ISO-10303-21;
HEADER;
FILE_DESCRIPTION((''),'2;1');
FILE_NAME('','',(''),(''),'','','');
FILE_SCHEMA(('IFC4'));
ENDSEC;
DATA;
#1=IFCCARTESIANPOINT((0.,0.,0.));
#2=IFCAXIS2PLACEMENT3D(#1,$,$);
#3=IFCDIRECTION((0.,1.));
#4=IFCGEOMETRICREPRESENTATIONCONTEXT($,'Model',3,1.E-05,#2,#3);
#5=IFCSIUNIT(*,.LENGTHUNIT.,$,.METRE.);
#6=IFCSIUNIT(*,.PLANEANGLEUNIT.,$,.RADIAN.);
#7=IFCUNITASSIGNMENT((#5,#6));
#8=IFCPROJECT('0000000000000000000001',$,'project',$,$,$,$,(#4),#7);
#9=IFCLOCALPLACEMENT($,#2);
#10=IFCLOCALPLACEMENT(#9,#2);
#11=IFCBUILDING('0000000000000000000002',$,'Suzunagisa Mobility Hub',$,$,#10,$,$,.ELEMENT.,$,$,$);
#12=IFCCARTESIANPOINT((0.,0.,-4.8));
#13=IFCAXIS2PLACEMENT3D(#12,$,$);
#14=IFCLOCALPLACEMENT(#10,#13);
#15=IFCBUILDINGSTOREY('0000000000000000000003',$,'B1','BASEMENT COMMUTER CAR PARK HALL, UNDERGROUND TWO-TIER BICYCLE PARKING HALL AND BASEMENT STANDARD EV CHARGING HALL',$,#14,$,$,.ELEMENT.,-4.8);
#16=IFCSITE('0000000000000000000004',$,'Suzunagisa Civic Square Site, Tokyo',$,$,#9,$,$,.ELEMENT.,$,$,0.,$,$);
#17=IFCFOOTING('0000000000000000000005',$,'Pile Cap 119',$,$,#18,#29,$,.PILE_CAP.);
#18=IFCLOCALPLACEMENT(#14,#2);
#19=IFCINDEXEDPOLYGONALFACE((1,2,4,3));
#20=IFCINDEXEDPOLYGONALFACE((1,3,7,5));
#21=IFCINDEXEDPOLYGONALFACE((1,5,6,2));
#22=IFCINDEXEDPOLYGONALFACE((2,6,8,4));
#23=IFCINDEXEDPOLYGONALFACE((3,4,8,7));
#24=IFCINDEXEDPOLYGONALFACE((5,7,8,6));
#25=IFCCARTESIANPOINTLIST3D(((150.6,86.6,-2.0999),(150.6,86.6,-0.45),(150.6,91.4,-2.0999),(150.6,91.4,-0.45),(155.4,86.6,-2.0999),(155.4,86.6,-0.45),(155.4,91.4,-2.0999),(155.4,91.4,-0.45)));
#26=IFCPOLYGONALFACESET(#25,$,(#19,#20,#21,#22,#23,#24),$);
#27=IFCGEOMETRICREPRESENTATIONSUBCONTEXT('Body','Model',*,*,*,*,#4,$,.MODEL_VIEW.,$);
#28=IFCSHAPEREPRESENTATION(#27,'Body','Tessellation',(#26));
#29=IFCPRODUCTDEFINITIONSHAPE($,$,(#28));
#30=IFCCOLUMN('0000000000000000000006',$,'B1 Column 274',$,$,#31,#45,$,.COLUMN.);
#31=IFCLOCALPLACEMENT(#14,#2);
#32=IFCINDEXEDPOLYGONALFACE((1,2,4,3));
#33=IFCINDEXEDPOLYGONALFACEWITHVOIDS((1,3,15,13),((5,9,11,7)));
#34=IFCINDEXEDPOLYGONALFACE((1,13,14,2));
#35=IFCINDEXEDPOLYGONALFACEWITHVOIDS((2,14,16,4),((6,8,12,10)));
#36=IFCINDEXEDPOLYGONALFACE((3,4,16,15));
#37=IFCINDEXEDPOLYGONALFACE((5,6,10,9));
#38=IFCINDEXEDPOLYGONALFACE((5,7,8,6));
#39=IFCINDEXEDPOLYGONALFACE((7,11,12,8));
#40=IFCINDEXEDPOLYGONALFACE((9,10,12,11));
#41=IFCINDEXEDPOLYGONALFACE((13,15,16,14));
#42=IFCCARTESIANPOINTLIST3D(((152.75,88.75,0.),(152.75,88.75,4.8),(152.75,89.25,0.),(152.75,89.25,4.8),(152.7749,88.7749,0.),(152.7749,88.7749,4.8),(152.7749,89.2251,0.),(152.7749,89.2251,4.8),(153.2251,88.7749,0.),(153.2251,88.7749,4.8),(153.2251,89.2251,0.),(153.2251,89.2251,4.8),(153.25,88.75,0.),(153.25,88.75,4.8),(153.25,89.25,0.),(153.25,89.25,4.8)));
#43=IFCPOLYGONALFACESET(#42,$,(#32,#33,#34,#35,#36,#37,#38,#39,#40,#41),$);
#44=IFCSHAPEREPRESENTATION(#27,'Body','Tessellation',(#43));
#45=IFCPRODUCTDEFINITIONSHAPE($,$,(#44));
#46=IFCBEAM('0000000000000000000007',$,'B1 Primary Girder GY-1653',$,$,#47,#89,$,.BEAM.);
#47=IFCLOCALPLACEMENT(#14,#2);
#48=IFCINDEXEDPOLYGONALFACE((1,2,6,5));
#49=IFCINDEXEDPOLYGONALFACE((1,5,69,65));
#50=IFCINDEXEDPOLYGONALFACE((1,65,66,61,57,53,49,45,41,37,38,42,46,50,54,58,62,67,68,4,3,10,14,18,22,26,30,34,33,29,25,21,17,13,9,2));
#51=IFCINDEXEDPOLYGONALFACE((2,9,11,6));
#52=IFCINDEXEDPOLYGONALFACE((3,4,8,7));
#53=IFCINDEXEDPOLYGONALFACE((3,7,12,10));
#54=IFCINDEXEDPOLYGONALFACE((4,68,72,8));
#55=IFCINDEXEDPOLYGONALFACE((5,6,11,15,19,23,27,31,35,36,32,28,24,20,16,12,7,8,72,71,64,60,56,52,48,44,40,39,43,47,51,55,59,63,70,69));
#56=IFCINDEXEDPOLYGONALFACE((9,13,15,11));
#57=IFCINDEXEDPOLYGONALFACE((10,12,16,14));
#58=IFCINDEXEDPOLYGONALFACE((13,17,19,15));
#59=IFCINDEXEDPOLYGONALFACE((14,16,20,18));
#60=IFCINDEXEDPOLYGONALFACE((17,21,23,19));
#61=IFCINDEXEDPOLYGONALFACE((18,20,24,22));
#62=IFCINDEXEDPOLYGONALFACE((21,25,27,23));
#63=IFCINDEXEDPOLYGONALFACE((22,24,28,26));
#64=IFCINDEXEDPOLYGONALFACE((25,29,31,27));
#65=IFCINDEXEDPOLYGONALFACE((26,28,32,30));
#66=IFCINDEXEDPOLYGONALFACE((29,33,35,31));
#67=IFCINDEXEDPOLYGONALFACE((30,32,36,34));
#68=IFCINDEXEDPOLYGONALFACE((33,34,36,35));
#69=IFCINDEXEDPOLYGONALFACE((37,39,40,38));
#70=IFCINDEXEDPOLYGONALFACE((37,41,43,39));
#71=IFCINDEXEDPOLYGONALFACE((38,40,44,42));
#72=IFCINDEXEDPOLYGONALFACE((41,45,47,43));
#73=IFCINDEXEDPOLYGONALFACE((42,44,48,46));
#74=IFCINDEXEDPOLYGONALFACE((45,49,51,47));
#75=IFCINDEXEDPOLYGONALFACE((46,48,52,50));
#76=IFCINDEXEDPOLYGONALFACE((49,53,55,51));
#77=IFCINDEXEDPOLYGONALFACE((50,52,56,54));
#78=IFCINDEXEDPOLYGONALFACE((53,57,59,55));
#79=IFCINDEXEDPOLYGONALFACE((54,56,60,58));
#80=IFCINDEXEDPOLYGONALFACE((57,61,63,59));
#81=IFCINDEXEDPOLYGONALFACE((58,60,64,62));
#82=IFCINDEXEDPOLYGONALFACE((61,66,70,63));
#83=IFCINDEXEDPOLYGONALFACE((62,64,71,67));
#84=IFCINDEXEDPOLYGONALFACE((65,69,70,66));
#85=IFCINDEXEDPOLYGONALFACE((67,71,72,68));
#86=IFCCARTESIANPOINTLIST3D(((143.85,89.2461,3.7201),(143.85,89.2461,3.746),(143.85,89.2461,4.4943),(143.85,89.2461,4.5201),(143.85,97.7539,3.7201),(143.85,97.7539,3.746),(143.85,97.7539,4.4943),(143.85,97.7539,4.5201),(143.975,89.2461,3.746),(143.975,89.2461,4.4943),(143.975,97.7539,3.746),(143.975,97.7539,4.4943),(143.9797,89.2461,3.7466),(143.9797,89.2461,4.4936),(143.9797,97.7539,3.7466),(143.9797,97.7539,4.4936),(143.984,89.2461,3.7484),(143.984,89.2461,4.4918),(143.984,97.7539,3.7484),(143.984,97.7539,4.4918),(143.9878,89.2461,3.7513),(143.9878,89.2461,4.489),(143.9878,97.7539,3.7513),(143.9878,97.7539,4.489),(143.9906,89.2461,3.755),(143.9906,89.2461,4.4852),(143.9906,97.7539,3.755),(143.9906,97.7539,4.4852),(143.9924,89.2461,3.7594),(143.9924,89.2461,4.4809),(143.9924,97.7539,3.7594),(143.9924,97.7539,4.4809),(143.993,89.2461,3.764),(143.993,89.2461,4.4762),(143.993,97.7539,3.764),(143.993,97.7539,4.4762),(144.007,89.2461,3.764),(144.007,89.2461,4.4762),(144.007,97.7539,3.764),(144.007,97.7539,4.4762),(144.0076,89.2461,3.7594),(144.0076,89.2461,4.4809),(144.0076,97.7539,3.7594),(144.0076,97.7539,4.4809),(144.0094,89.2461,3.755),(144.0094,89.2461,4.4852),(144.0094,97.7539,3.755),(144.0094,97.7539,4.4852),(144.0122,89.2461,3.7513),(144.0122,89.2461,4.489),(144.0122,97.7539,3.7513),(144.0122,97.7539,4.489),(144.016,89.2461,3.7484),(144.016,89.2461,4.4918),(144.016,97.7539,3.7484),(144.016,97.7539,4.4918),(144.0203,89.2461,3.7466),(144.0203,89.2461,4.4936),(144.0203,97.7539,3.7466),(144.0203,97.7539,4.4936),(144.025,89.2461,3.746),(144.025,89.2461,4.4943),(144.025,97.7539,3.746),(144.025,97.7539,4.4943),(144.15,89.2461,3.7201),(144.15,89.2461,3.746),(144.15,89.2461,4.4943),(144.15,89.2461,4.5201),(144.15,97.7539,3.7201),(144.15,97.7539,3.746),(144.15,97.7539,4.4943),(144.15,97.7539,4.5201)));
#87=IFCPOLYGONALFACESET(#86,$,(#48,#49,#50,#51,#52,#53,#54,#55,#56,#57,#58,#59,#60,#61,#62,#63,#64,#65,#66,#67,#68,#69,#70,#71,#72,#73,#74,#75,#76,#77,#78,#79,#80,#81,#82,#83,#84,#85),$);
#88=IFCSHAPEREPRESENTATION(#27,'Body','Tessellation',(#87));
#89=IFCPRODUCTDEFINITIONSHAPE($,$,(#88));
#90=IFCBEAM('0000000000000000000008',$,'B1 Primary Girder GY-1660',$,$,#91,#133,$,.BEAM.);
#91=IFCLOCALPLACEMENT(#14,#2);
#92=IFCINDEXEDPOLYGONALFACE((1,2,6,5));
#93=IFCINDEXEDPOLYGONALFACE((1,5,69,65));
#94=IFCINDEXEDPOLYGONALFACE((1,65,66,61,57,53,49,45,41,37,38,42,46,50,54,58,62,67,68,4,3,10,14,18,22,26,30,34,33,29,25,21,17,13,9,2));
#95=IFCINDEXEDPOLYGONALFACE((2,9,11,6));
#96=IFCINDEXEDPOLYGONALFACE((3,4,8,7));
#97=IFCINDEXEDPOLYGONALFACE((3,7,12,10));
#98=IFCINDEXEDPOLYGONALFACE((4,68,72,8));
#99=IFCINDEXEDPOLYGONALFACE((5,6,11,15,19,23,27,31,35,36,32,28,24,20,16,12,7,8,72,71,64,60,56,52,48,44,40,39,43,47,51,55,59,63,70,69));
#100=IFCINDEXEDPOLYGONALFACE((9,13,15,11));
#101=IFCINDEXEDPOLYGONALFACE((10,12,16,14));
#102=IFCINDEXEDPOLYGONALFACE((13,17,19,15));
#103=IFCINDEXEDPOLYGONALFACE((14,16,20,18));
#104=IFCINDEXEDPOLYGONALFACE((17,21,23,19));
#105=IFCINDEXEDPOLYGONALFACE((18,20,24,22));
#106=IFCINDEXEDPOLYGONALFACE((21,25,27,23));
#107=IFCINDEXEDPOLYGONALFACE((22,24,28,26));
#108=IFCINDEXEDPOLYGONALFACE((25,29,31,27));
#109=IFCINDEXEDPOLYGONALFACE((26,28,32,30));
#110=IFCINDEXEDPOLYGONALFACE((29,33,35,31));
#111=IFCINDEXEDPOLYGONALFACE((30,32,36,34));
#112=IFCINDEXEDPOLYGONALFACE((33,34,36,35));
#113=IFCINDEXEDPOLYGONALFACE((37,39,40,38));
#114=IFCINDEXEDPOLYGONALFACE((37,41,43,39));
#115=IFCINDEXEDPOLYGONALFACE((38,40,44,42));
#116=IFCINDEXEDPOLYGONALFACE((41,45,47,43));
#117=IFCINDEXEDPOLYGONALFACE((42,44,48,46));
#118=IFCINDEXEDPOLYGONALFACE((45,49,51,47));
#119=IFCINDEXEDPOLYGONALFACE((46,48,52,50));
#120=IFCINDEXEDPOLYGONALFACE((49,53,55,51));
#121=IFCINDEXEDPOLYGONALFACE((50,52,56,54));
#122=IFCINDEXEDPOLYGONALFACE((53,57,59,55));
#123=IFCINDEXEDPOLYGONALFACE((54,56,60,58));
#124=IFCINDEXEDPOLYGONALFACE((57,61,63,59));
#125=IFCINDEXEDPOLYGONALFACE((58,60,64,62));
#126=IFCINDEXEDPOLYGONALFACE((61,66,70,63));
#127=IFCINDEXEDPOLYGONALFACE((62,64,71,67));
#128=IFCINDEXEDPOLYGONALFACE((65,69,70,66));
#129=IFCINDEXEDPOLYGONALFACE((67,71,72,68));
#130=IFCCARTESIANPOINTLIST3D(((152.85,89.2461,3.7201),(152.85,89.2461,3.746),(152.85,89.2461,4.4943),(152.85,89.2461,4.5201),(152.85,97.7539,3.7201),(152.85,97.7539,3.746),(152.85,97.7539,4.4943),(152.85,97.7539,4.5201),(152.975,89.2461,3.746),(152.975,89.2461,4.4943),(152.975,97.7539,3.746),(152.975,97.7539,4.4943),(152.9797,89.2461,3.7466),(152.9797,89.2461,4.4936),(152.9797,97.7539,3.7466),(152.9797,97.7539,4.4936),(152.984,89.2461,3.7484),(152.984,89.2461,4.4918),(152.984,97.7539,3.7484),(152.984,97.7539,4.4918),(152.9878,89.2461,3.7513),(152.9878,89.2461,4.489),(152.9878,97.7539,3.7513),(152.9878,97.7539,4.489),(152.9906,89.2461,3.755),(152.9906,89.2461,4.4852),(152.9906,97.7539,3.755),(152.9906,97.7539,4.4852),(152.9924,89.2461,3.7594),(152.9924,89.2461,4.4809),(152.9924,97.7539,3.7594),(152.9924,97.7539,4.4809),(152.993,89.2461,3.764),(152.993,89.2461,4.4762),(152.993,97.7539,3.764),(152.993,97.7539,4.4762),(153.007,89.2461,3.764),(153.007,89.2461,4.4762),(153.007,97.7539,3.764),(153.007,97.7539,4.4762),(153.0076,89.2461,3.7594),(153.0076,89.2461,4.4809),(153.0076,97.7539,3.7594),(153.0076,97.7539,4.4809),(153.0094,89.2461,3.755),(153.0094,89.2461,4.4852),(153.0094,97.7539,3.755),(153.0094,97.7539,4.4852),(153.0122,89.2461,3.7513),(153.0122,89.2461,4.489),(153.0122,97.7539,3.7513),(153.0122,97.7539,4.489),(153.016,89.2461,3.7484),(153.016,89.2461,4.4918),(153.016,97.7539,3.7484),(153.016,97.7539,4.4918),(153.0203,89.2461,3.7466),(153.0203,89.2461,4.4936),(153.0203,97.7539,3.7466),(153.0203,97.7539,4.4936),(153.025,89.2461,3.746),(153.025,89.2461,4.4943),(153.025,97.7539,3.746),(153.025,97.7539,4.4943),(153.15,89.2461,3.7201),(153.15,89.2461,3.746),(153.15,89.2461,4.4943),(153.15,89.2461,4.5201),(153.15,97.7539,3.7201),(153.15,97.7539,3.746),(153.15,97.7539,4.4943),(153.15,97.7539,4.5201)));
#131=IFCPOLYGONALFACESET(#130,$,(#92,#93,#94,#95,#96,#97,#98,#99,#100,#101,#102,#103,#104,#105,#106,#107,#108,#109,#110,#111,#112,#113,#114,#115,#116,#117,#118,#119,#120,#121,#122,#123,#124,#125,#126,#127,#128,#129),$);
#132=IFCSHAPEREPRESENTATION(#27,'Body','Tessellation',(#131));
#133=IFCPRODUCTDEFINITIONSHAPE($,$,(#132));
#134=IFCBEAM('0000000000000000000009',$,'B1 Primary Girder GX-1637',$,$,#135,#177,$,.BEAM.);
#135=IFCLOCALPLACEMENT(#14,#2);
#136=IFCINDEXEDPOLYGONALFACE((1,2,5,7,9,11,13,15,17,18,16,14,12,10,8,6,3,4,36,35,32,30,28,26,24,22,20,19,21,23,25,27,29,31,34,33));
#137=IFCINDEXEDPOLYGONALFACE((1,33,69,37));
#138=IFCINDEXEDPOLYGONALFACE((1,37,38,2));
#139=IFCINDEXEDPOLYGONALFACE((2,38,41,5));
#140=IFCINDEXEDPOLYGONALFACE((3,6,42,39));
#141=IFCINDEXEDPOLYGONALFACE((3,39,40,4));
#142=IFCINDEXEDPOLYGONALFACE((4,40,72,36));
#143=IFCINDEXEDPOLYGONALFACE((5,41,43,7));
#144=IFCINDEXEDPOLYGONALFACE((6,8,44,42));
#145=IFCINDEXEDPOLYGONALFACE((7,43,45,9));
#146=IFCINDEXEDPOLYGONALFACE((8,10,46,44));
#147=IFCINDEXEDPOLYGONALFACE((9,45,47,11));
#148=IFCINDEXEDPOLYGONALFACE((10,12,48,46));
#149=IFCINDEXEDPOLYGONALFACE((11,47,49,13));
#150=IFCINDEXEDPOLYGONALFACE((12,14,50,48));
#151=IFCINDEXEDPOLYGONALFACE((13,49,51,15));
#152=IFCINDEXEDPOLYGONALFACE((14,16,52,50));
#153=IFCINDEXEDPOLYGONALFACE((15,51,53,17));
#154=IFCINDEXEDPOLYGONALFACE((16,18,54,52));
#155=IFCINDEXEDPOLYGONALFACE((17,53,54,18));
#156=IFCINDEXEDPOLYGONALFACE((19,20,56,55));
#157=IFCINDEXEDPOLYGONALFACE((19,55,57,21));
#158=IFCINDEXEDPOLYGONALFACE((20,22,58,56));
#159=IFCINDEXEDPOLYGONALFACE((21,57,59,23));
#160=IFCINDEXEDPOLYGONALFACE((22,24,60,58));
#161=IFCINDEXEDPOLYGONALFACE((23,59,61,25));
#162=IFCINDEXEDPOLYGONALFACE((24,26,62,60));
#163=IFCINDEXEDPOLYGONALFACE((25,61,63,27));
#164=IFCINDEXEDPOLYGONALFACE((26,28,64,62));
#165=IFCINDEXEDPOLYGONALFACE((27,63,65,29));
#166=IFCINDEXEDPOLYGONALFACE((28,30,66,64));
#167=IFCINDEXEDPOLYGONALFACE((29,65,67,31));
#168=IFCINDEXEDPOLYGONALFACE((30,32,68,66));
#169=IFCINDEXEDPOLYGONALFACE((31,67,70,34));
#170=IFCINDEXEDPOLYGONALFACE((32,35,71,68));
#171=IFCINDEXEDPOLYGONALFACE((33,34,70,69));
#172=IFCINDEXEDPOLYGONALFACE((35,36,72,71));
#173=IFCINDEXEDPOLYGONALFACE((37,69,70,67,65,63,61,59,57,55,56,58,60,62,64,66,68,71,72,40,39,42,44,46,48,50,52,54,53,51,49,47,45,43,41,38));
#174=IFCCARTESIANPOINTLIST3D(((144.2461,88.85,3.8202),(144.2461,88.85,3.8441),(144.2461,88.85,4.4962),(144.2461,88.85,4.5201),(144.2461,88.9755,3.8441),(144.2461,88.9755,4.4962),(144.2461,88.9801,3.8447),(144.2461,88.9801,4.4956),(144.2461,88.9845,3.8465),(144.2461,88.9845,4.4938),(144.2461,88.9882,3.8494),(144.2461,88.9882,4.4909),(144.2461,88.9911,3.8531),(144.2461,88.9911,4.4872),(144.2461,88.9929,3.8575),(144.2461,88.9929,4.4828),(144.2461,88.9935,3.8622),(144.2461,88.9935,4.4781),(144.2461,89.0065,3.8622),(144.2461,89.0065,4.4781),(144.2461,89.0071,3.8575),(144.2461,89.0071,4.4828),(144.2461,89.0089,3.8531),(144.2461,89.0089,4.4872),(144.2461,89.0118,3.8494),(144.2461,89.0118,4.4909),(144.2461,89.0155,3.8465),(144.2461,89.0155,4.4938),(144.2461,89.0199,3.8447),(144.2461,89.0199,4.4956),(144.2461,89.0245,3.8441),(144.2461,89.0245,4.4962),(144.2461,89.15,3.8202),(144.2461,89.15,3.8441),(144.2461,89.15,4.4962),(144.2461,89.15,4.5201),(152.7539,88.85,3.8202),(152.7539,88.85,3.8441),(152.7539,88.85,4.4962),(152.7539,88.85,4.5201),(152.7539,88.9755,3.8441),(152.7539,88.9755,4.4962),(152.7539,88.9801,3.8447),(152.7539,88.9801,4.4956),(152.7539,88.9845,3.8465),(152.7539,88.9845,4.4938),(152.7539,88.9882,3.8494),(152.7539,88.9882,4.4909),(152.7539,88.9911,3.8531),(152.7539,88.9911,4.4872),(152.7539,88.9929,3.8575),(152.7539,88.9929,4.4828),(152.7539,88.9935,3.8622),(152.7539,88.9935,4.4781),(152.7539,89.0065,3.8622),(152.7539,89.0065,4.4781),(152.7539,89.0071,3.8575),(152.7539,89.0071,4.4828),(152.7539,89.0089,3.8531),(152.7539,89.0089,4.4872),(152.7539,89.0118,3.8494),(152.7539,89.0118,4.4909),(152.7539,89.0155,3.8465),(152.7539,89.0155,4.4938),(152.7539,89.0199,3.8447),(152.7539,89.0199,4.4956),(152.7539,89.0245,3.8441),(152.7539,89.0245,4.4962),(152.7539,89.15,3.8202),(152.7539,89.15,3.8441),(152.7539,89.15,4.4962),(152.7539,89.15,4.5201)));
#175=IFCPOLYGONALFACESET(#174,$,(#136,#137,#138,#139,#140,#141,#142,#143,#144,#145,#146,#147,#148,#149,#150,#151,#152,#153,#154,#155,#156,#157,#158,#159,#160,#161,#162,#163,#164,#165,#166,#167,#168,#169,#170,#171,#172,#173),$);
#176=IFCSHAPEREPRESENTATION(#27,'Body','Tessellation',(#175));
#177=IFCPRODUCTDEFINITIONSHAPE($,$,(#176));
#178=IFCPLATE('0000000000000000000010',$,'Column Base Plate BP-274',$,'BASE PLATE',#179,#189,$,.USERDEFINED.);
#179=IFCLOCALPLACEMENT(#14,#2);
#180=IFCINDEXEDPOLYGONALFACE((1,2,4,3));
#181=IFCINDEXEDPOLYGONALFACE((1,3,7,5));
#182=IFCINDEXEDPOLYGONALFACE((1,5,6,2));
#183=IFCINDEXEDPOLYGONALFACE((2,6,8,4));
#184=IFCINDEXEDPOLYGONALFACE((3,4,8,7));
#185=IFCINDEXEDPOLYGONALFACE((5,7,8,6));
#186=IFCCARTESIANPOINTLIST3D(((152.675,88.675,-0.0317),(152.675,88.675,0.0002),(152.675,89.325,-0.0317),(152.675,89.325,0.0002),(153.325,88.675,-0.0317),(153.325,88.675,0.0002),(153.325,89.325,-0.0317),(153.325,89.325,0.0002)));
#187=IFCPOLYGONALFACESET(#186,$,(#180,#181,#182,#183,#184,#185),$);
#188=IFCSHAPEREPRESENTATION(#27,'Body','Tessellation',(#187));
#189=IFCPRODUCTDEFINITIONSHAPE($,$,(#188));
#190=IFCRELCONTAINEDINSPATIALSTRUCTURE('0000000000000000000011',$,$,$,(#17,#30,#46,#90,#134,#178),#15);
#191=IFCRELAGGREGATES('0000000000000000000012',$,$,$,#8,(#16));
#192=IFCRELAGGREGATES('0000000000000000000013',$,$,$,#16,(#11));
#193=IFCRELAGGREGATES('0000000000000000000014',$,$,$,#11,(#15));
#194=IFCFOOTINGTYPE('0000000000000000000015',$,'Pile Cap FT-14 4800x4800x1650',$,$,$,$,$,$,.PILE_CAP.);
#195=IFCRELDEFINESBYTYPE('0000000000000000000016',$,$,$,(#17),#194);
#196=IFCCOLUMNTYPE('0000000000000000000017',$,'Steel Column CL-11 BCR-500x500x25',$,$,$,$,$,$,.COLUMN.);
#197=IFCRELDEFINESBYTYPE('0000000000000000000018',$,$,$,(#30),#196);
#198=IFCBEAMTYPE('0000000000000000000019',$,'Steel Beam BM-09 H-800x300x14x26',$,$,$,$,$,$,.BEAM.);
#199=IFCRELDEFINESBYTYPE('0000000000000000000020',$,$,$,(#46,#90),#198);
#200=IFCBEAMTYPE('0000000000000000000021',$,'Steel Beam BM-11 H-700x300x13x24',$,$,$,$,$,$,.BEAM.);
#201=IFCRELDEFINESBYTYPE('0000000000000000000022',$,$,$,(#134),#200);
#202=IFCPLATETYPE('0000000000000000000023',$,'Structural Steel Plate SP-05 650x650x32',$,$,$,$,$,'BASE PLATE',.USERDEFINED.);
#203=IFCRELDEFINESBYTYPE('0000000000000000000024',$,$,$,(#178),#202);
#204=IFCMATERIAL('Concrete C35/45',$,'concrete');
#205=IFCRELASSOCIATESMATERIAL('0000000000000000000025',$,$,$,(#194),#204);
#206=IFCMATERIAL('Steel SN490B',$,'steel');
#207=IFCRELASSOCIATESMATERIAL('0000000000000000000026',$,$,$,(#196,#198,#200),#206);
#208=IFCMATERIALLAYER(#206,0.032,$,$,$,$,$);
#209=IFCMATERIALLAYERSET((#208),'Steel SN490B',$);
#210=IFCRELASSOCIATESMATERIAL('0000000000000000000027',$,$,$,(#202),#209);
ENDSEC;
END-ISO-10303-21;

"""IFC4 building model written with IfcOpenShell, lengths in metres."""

from ifc_helpers import new_model, si_unit, direction, frame, origin, origin_2d, place, context, subcontext, project, spatial, rectangle, hollow_rectangle, i_section, extrude, material, layer, layer_set, material_profile, profile_set, type_object, element, save


model = new_model("IFC4")

# Units and contexts
model_context = context("Model", 3, precision=1e-05, world=origin(), true_north=direction((0.0, 1.0)))
body_context = subcontext(model_context, "Body", "Model", "MODEL_VIEW")
ifc_project = project(units=[si_unit("LENGTHUNIT", "METRE"), si_unit("PLANEANGLEUNIT", "RADIAN")], contexts=[model_context])

# Site, building, storey
site_placement = place(None, origin())
site = spatial("IfcSite", under=ifc_project, at=site_placement, Name="Suzunagisa Civic Square Site, Tokyo", CompositionType="ELEMENT", RefElevation=0.0)
building_placement = place(site_placement, origin())
building = spatial("IfcBuilding", under=site, at=building_placement, Name="Suzunagisa Mobility Hub", CompositionType="ELEMENT")
storey_placement = place(building_placement, frame((0.0, 0.0, -4.8)))
storey = spatial("IfcBuildingStorey", under=building, at=storey_placement, Name="B1", Description="BASEMENT COMMUTER CAR PARK HALL, UNDERGROUND TWO-TIER BICYCLE PARKING HALL AND BASEMENT STANDARD EV CHARGING HALL", CompositionType="ELEMENT", Elevation=-4.8)

# Footing
ifc_material_1 = material(Name="Concrete C35/45", Category="concrete")
footing_type = type_object("IfcFootingType", Name="Pile Cap FT-14 4800x4800x1650", PredefinedType="PILE_CAP", material=ifc_material_1)
footing_placement = place(storey_placement, frame((153.0, 89.0, -2.0999), z_axis=(0.0, 0.0, 1.0), x_axis=(1.0, 0.0, 0.0)))
element("IfcFooting", 1, at=footing_placement, inside=storey, type_object=footing_type, Name="Pile Cap 119", PredefinedType="PILE_CAP", context=body_context, shape_type="SweptSolid", body=[
    extrude(rectangle(XDim=4.8, YDim=4.8, at=origin_2d()), origin(), (0.0, 0.0, 1.0), 1.6499),
])

# Column
ifc_material_2 = material(Name="Steel SN490B", Category="steel")
ifc_material_profile_1 = material_profile(ifc_material_2, hollow_rectangle(XDim=0.5, YDim=0.5, WallThickness=0.0249, at=origin_2d()), Name="BCR-500x500x25")
ifc_profile_set_1 = profile_set([ifc_material_profile_1], Name="Steel SN490B")
column_type = type_object("IfcColumnType", Name="Steel Column CL-11 BCR-500x500x25", PredefinedType="COLUMN", material=ifc_profile_set_1)
column_placement = place(storey_placement, frame((153.0, 89.0, 0.0), z_axis=(0.0, 0.0, 1.0), x_axis=(1.0, 0.0, 0.0)))
element("IfcColumn", 2, at=column_placement, inside=storey, type_object=column_type, Name="B1 Column 274", PredefinedType="COLUMN", context=body_context, shape_type="SweptSolid", body=[
    extrude(hollow_rectangle(XDim=0.5, YDim=0.5, WallThickness=0.0249, at=origin_2d()), origin(), (0.0, 0.0, 1.0), 4.8),
])

# Beams
ifc_material_profile_2 = material_profile(ifc_material_2, i_section(OverallWidth=0.3, OverallDepth=0.8, WebThickness=0.0139, FlangeThickness=0.0259, FilletRadius=0.0181, at=origin_2d()), Name="H-800x300x14x26")
ifc_profile_set_2 = profile_set([ifc_material_profile_2], Name="Steel SN490B")
beam_type_1 = type_object("IfcBeamType", Name="Steel Beam BM-09 H-800x300x14x26", PredefinedType="BEAM", material=ifc_profile_set_2)
for number, where, z_axis, x_axis, name in (
    (3, (144.0, 89.2461, 4.1201), (0.0, 1.0, 0.0), (-1.0, 0.0, 0.0), "B1 Primary Girder GY-1653"),
    (4, (153.0, 89.2461, 4.1201), (0.0, 1.0, 0.0), (-1.0, 0.0, 0.0), "B1 Primary Girder GY-1660"),
):
    element("IfcBeam", number, at=place(storey_placement, frame(where, z_axis=z_axis, x_axis=x_axis)), inside=storey, type_object=beam_type_1, Name=name, PredefinedType="BEAM", context=body_context, shape_type="SweptSolid", body=[
        extrude(i_section(OverallWidth=0.3, OverallDepth=0.8, WebThickness=0.0139, FlangeThickness=0.0259, FilletRadius=0.0181, at=origin_2d()), origin(), (0.0, 0.0, 1.0), 8.5078),
    ])
ifc_material_profile_3 = material_profile(ifc_material_2, i_section(OverallWidth=0.3, OverallDepth=0.7, WebThickness=0.0129, FlangeThickness=0.0239, FilletRadius=0.0181, at=origin_2d()), Name="H-700x300x13x24")
ifc_profile_set_3 = profile_set([ifc_material_profile_3], Name="Steel SN490B")
beam_type_2 = type_object("IfcBeamType", Name="Steel Beam BM-11 H-700x300x13x24", PredefinedType="BEAM", material=ifc_profile_set_3)
beam_placement = place(storey_placement, frame((144.2461, 89.0, 4.1702), z_axis=(1.0, 0.0, 0.0), x_axis=(0.0, 1.0, 0.0)))
element("IfcBeam", 5, at=beam_placement, inside=storey, type_object=beam_type_2, Name="B1 Primary Girder GX-1637", PredefinedType="BEAM", context=body_context, shape_type="SweptSolid", body=[
    extrude(i_section(OverallWidth=0.3, OverallDepth=0.7, WebThickness=0.0129, FlangeThickness=0.0239, FilletRadius=0.0181, at=origin_2d()), origin(), (0.0, 0.0, 1.0), 8.5078),
])

# Plate
ifc_layer_1 = layer(ifc_material_2, 0.032)
ifc_layer_set_1 = layer_set([ifc_layer_1], Name="Steel SN490B")
plate_type = type_object("IfcPlateType", Name="Structural Steel Plate SP-05 650x650x32", ElementType="BASE PLATE", PredefinedType="USERDEFINED", material=ifc_layer_set_1)
plate_placement = place(storey_placement, frame((153.0, 89.0, -0.0317), z_axis=(0.0, 0.0, 1.0), x_axis=(1.0, 0.0, 0.0)))
element("IfcPlate", 6, at=plate_placement, inside=storey, type_object=plate_type, Name="Column Base Plate BP-274", ObjectType="BASE PLATE", PredefinedType="USERDEFINED", context=body_context, shape_type="SweptSolid", body=[
    extrude(rectangle(XDim=0.6499, YDim=0.6499, at=origin_2d()), origin(), (0.0, 0.0, 1.0), 0.032),
])

save(model, "model.ifc")
